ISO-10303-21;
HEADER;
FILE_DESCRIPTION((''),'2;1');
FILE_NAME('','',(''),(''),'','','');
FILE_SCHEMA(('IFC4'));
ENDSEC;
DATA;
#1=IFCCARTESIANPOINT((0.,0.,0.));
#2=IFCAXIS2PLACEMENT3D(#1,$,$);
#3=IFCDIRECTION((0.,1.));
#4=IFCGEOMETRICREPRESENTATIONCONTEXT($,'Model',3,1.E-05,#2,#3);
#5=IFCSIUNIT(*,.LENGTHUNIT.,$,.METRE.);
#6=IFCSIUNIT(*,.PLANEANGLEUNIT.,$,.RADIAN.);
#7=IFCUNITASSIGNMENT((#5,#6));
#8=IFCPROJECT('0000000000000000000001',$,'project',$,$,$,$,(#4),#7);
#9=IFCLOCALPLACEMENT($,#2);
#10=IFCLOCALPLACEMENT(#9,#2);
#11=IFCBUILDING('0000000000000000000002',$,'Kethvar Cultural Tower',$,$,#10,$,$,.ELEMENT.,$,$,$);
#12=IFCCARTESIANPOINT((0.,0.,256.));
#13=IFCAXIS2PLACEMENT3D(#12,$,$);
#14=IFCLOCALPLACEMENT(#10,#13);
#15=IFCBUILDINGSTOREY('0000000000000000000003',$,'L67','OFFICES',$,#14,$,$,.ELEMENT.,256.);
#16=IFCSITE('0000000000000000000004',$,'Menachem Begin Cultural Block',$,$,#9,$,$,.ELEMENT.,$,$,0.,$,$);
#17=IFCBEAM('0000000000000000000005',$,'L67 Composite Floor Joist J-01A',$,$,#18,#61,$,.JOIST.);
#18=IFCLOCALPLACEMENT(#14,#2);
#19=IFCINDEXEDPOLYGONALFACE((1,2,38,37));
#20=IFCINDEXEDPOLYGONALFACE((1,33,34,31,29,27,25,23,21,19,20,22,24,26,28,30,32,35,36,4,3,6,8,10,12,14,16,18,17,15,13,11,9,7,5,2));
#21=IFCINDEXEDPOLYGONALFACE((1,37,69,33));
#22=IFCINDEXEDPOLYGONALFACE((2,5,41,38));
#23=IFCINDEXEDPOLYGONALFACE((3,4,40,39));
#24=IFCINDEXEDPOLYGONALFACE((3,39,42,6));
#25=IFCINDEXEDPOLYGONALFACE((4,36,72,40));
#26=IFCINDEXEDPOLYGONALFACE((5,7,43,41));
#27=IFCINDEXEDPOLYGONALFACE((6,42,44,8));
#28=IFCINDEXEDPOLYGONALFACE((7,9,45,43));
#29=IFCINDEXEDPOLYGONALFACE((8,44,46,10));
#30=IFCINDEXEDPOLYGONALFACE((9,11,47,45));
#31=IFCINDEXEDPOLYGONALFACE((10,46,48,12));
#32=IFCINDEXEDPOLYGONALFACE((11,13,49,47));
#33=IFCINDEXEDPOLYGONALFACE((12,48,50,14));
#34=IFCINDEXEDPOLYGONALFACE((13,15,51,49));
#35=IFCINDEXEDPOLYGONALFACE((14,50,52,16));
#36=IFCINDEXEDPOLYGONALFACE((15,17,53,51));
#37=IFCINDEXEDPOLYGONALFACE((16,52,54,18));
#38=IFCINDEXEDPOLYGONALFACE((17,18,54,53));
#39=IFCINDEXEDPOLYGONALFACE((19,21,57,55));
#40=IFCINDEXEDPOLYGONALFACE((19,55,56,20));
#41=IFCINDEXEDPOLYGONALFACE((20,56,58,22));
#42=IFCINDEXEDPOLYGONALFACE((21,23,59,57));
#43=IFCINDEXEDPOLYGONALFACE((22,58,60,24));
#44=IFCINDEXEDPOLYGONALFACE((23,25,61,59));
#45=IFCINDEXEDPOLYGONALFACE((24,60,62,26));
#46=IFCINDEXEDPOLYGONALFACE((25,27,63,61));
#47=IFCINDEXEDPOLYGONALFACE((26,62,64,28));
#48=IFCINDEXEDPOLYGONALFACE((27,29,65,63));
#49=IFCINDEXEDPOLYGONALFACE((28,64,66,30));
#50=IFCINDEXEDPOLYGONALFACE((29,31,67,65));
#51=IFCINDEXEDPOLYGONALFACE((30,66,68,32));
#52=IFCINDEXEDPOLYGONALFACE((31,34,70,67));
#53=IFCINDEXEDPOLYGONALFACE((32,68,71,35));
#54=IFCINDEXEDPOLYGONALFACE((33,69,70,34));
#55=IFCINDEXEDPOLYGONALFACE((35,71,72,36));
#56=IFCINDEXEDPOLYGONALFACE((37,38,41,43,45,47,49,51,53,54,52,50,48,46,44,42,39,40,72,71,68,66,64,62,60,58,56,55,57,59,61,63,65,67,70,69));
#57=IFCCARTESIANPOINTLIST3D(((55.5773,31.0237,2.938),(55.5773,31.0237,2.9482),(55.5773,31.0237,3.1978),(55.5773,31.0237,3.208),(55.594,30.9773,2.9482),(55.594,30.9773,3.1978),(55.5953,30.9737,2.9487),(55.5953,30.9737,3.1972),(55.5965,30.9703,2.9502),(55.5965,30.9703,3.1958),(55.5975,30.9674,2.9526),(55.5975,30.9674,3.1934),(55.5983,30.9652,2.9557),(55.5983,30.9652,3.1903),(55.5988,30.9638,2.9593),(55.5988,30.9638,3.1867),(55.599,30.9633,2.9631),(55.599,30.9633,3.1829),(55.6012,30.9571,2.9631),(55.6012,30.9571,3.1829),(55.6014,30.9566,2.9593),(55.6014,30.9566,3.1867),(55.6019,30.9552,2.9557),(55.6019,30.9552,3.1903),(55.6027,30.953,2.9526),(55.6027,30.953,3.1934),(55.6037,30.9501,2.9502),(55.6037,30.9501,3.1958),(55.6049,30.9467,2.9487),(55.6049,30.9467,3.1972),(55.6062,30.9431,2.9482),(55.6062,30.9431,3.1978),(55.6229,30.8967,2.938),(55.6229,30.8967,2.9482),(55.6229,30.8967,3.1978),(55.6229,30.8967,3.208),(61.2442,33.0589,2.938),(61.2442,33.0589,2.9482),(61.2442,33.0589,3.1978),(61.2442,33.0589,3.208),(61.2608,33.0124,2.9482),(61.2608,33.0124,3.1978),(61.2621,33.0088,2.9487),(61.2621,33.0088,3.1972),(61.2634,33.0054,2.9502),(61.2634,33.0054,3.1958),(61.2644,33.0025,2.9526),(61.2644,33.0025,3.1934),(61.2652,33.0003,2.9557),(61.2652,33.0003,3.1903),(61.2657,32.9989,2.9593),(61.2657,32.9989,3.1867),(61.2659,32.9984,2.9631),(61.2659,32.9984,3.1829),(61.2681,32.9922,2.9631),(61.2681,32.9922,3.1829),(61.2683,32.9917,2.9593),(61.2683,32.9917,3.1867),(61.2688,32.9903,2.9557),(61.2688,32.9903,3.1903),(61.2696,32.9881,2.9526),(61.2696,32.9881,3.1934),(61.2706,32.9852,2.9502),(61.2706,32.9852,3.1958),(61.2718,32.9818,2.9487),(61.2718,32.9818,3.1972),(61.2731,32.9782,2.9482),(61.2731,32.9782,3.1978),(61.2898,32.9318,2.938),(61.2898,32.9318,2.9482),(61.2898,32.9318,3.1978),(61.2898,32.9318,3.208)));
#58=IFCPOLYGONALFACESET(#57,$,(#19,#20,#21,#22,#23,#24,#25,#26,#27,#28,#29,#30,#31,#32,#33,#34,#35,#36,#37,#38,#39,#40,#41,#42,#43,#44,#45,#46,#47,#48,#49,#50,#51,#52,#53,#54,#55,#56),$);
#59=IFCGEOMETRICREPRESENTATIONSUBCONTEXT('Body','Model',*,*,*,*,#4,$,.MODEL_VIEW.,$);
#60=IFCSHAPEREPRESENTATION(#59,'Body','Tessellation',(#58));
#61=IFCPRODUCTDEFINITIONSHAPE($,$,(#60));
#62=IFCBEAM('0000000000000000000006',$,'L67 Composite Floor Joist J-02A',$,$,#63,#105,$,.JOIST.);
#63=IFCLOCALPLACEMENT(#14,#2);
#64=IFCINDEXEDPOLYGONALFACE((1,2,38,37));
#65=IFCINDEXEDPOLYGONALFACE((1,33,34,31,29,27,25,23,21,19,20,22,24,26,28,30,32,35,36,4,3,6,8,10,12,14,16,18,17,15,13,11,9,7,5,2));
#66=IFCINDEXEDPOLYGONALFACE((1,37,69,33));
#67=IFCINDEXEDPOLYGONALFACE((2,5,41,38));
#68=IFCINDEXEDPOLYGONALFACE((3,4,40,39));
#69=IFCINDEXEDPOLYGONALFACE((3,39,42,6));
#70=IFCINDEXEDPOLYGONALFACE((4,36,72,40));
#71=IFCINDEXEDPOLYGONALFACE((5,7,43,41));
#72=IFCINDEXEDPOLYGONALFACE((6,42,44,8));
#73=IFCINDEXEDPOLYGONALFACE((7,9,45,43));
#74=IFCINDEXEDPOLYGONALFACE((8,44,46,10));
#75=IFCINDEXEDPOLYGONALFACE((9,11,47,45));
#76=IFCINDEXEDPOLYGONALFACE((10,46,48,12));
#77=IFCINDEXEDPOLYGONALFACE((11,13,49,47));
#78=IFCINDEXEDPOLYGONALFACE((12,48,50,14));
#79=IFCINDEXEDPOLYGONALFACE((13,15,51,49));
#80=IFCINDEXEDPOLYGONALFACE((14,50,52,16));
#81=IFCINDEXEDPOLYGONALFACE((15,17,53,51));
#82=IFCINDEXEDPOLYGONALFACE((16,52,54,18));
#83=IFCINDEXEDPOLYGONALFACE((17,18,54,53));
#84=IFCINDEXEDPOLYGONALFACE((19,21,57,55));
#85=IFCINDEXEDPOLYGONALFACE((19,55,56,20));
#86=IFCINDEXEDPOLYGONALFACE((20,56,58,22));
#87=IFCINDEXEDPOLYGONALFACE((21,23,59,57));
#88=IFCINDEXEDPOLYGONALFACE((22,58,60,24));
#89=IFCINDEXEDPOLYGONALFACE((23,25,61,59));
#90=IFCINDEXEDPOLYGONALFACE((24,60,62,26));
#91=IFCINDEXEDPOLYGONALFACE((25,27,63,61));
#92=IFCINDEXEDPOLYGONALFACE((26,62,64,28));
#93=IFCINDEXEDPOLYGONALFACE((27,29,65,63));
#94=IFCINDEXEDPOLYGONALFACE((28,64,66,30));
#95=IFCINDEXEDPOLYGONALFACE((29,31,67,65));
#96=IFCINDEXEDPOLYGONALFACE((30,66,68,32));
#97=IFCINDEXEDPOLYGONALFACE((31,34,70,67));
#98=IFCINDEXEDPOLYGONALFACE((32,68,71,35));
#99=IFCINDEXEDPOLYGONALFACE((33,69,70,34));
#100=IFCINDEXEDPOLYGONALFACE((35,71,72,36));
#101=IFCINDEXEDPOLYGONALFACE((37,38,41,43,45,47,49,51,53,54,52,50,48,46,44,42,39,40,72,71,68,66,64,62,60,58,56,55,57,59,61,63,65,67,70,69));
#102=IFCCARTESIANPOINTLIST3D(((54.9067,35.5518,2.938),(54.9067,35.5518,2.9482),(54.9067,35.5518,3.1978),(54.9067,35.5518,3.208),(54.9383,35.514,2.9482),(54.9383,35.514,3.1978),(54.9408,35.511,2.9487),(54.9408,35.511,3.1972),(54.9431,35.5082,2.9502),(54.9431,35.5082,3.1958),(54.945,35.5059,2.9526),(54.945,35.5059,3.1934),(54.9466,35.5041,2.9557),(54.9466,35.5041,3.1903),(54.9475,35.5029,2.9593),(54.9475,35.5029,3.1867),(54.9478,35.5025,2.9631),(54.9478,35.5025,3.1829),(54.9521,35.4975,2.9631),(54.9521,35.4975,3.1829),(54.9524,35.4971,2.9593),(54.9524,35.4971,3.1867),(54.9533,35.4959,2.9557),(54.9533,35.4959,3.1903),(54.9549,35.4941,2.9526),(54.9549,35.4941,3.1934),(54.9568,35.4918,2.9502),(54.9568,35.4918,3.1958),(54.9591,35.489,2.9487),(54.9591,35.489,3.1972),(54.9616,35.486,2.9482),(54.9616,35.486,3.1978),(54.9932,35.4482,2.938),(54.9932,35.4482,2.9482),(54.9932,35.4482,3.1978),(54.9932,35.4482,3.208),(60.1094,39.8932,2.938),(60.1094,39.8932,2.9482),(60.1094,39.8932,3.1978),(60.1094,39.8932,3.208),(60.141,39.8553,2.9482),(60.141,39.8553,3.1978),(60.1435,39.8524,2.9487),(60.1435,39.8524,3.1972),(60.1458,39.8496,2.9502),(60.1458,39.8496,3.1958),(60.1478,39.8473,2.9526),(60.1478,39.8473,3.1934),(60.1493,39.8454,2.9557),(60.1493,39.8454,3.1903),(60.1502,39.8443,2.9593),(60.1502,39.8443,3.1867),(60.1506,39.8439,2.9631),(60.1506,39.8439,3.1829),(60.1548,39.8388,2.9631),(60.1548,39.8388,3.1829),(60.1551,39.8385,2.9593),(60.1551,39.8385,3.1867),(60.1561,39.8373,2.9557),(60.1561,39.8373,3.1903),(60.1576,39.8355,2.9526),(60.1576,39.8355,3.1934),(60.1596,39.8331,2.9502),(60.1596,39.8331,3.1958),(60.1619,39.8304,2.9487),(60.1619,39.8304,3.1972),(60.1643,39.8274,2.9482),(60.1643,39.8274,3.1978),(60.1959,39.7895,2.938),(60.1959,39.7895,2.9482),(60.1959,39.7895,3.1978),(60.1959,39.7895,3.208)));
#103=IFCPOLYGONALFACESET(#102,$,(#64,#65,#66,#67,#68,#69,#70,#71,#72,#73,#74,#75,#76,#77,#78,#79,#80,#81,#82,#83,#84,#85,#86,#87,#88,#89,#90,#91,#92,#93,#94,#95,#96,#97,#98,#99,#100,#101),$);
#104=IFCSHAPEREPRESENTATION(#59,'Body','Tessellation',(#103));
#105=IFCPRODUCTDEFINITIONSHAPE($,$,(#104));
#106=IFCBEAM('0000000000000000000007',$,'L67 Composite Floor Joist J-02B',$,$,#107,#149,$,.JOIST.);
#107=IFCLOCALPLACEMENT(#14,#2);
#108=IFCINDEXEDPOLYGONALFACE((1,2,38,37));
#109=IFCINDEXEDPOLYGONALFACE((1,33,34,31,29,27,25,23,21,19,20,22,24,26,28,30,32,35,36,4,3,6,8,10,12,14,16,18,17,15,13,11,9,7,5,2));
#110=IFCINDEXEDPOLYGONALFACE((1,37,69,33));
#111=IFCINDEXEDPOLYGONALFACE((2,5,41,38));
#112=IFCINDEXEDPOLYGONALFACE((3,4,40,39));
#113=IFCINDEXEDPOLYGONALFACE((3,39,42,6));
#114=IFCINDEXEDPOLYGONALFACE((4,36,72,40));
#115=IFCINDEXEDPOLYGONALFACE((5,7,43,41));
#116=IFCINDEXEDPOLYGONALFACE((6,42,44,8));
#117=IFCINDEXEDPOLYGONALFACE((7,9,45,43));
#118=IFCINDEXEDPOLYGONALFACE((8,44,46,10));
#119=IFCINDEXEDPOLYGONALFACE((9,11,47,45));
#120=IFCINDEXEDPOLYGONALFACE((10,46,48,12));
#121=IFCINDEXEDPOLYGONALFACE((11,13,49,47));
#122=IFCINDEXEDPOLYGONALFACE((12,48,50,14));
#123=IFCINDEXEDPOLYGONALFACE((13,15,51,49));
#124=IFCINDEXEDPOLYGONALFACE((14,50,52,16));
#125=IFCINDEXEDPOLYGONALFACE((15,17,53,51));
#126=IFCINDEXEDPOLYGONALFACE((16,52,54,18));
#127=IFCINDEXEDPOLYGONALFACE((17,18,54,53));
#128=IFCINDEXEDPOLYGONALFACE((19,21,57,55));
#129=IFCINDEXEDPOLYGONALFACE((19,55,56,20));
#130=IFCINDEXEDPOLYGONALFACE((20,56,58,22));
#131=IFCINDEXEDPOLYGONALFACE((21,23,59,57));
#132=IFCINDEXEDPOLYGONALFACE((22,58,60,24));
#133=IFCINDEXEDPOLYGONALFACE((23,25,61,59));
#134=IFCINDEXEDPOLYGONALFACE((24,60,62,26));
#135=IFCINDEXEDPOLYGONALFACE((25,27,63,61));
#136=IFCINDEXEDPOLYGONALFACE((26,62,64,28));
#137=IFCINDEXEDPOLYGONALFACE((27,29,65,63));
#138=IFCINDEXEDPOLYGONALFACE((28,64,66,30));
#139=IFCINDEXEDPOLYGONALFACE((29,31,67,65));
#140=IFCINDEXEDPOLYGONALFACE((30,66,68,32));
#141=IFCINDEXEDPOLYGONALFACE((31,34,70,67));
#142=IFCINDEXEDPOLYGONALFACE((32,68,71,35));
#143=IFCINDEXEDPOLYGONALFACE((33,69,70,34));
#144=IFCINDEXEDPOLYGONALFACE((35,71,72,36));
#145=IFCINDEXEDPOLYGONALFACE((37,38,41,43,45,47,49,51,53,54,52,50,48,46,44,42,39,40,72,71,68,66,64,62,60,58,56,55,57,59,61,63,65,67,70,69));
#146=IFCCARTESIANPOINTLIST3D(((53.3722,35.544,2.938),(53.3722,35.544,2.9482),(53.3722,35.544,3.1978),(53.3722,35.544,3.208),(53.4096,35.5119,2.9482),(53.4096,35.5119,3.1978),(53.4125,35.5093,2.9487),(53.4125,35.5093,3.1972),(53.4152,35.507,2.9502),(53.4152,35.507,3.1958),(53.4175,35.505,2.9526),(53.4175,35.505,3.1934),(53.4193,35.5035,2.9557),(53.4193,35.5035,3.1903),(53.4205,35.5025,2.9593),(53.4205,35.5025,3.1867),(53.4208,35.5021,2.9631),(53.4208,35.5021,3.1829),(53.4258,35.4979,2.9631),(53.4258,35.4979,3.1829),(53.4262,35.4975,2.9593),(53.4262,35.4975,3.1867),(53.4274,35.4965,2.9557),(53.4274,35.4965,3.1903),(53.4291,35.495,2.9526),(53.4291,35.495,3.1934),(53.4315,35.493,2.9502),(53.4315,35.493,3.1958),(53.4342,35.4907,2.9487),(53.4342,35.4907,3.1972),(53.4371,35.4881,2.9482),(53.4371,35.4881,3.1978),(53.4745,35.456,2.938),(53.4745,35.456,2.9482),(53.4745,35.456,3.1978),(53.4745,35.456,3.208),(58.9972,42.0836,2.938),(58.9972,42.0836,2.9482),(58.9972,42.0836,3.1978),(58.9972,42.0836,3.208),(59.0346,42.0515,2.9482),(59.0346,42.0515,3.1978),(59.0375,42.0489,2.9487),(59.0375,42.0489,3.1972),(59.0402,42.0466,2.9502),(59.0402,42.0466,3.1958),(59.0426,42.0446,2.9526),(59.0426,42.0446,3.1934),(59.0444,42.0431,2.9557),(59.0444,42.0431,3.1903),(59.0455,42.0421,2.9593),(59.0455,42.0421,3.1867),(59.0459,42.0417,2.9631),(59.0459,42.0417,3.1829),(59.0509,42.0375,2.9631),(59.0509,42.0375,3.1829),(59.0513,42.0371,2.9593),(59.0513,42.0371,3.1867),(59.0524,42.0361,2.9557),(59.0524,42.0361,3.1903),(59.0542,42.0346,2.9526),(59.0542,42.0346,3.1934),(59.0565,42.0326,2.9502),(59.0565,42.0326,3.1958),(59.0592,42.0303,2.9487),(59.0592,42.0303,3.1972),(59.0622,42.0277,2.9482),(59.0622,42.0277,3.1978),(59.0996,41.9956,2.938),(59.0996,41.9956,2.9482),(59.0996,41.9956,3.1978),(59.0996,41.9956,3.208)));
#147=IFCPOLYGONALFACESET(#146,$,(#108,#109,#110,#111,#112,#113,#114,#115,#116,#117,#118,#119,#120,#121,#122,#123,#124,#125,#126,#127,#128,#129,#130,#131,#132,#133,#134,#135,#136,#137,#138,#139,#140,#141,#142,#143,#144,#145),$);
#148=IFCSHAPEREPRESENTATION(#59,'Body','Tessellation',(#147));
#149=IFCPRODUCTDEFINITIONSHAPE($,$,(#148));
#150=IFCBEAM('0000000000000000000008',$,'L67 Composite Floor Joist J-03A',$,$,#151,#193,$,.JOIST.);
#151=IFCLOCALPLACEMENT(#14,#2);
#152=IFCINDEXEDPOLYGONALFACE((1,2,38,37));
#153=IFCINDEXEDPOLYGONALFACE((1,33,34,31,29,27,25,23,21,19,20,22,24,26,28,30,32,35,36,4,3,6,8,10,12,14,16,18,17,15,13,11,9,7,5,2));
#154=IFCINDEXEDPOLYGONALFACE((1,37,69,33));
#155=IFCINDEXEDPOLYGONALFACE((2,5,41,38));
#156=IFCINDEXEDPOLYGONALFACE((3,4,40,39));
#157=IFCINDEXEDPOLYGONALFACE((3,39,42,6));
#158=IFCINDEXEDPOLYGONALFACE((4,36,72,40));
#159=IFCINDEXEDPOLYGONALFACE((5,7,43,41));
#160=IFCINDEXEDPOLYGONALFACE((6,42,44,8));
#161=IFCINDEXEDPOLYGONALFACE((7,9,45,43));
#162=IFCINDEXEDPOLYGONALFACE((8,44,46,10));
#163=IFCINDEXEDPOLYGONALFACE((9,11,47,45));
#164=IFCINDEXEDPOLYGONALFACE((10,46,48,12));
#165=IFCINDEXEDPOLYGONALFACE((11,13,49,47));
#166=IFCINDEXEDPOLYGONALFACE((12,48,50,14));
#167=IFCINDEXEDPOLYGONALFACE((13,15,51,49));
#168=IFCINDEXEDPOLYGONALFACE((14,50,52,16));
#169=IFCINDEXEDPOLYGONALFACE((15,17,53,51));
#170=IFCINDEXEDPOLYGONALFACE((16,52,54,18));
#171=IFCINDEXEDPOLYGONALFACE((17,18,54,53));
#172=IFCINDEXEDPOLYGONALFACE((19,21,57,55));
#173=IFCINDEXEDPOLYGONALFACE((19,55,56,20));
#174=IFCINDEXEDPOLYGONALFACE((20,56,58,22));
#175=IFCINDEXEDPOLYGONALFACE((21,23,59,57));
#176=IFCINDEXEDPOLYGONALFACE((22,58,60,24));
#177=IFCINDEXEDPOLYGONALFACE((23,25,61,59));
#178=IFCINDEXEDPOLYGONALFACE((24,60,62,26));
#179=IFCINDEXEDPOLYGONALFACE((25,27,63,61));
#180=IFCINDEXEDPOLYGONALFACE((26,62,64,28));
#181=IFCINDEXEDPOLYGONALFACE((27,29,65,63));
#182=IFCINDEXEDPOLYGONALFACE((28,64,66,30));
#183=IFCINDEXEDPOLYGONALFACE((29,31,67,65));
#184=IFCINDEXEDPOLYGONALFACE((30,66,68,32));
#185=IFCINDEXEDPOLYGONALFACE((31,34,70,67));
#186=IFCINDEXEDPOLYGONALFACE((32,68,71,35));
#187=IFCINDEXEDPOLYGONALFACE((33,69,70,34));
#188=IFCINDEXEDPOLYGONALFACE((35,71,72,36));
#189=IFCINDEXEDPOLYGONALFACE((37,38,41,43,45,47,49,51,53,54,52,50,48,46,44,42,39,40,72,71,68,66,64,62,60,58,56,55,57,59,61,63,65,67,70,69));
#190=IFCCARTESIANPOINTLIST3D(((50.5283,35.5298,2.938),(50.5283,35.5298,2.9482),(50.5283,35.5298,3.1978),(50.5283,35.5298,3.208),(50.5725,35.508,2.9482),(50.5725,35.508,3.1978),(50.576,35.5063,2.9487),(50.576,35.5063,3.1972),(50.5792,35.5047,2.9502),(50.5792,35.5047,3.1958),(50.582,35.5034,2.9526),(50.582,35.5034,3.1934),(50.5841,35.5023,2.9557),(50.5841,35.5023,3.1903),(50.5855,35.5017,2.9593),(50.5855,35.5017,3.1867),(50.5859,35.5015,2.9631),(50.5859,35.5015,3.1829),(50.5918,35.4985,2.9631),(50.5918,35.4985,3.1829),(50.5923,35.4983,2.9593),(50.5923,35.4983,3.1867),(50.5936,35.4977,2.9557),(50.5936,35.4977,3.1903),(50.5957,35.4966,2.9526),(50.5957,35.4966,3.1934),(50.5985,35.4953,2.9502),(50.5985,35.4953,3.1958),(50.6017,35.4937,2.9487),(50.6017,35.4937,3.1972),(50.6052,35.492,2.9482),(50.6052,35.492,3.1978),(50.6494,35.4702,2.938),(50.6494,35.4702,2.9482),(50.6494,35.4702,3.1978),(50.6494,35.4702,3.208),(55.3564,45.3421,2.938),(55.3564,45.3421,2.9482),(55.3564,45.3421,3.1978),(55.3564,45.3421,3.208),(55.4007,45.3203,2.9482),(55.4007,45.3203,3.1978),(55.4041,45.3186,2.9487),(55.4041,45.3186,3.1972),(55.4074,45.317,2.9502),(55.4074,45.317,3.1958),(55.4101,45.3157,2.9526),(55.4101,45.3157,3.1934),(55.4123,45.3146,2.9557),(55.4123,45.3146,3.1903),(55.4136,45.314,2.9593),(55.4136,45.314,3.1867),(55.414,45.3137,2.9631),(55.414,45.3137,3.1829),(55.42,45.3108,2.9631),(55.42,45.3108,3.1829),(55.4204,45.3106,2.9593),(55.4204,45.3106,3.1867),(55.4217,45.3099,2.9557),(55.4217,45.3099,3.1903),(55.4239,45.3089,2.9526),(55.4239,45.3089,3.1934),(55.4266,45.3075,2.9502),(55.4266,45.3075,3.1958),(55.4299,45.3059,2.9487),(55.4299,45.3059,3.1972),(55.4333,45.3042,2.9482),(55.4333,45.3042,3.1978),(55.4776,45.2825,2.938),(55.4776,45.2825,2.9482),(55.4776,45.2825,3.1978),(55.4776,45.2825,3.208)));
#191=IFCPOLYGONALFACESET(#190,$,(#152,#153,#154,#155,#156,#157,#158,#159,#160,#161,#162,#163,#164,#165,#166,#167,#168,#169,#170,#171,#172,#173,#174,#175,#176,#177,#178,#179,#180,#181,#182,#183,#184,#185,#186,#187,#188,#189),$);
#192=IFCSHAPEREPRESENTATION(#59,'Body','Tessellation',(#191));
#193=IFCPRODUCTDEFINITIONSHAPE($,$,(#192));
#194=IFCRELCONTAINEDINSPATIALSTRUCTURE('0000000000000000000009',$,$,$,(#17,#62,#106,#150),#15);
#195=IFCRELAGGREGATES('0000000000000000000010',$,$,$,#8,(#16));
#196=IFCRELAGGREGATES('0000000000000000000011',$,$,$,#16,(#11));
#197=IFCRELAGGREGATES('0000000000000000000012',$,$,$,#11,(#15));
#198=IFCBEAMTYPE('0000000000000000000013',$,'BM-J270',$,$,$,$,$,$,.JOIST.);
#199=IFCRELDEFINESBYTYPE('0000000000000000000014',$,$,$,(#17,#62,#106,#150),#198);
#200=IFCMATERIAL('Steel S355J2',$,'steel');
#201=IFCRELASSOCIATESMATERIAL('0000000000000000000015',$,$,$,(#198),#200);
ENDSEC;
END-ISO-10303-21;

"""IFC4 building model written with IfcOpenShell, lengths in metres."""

from ifc_helpers import new_model, si_unit, direction, frame, origin, origin_2d, place, context, subcontext, project, spatial, i_section, extrude, source, transform, mapped, material, material_profile, profile_set, type_object, element, save


model = new_model("IFC4")

# Units and contexts
model_context = context("Model", 3, precision=1e-05, world=origin(), true_north=direction((0.0, 1.0)))
body_context = subcontext(model_context, "Body", "Model", "MODEL_VIEW")
ifc_project = project(units=[si_unit("LENGTHUNIT", "METRE"), si_unit("PLANEANGLEUNIT", "RADIAN")], contexts=[model_context])

# Site, building, storey
site_placement = place(None, origin())
site = spatial("IfcSite", under=ifc_project, at=site_placement, Name="Menachem Begin Cultural Block", CompositionType="ELEMENT", RefElevation=0.0)
building_placement = place(site_placement, origin())
building = spatial("IfcBuilding", under=site, at=building_placement, Name="Kethvar Cultural Tower", CompositionType="ELEMENT")
storey_placement = place(building_placement, frame((0.0, 0.0, 256.0)))
storey = spatial("IfcBuildingStorey", under=building, at=storey_placement, Name="L67", Description="OFFICES", CompositionType="ELEMENT", Elevation=256.0)

# Beams
ifc_material_1 = material(Name="Steel S355J2", Category="steel")
ifc_material_profile_1 = material_profile(ifc_material_1, i_section(OverallWidth=0.135, OverallDepth=0.27, WebThickness=0.0066, FlangeThickness=0.0103, FilletRadius=0.0149, at=origin_2d()), Name="Steel S355J2 — IPE270")
ifc_profile_set_1 = profile_set([ifc_material_profile_1], Name="Steel S355J2 — IPE270")
beam_type_1 = type_object("IfcBeamType", Name="BM-J270", PredefinedType="JOIST", material=ifc_profile_set_1)
shared_shape_1 = source(origin(), body_context, "Body", "SweptSolid", [
    extrude(i_section(OverallWidth=0.135, OverallDepth=0.27, WebThickness=0.0066, FlangeThickness=0.0103, FilletRadius=0.0149, at=origin_2d()), origin(), (0.0, 0.0, 1.0), 6.0212),
])
beam_1_placement = place(storey_placement, frame((55.6001, 30.9602, 3.073), z_axis=(0.94115, 0.33799, 0.0), x_axis=(-0.33799, 0.94115, 0.0)))
element("IfcBeam", 1, at=beam_1_placement, inside=storey, type_object=beam_type_1, Name="L67 Composite Floor Joist J-01A", PredefinedType="JOIST", context=body_context, shape_type="MappedRepresentation", body=[
    mapped(shared_shape_1, transform((0.0, 0.0, 0.0), scale=1.0)),
])
shared_shape_2 = source(origin(), body_context, "Body", "SweptSolid", [
    extrude(i_section(OverallWidth=0.135, OverallDepth=0.27, WebThickness=0.0066, FlangeThickness=0.0103, FilletRadius=0.0149, at=origin_2d()), origin(), (0.0, 0.0, 1.0), 6.7761),
])
beam_2_placement = place(storey_placement, frame((54.95, 35.5, 3.073), z_axis=(0.767802, 0.640688, 0.0), x_axis=(-0.640688, 0.767802, 0.0)))
element("IfcBeam", 2, at=beam_2_placement, inside=storey, type_object=beam_type_1, Name="L67 Composite Floor Joist J-02A", PredefinedType="JOIST", context=body_context, shape_type="MappedRepresentation", body=[
    mapped(shared_shape_2, transform((0.0, 0.0, 0.0), scale=1.0)),
])
shared_shape_3 = source(origin(), body_context, "Body", "SweptSolid", [
    extrude(i_section(OverallWidth=0.135, OverallDepth=0.27, WebThickness=0.0066, FlangeThickness=0.0103, FilletRadius=0.0149, at=origin_2d()), origin(), (0.0, 0.0, 1.0), 8.626),
])
beam_3_placement = place(storey_placement, frame((53.4233, 35.5, 3.073), z_axis=(0.652105, 0.758129, 0.0), x_axis=(-0.758129, 0.652105, 0.0)))
element("IfcBeam", 3, at=beam_3_placement, inside=storey, type_object=beam_type_1, Name="L67 Composite Floor Joist J-02B", PredefinedType="JOIST", context=body_context, shape_type="MappedRepresentation", body=[
    mapped(shared_shape_3, transform((0.0, 0.0, 0.0), scale=1.0)),
])
shared_shape_4 = source(origin(), body_context, "Body", "SweptSolid", [
    extrude(i_section(OverallWidth=0.135, OverallDepth=0.27, WebThickness=0.0066, FlangeThickness=0.0103, FilletRadius=0.0149, at=origin_2d()), origin(), (0.0, 0.0, 1.0), 10.9358),
])
beam_4_placement = place(storey_placement, frame((50.5889, 35.5, 3.073), z_axis=(0.441498, 0.897262, 0.0), x_axis=(-0.897262, 0.441498, 0.0)))
element("IfcBeam", 4, at=beam_4_placement, inside=storey, type_object=beam_type_1, Name="L67 Composite Floor Joist J-03A", PredefinedType="JOIST", context=body_context, shape_type="MappedRepresentation", body=[
    mapped(shared_shape_4, transform((0.0, 0.0, 0.0), scale=1.0)),
])

save(model, "model.ifc")
